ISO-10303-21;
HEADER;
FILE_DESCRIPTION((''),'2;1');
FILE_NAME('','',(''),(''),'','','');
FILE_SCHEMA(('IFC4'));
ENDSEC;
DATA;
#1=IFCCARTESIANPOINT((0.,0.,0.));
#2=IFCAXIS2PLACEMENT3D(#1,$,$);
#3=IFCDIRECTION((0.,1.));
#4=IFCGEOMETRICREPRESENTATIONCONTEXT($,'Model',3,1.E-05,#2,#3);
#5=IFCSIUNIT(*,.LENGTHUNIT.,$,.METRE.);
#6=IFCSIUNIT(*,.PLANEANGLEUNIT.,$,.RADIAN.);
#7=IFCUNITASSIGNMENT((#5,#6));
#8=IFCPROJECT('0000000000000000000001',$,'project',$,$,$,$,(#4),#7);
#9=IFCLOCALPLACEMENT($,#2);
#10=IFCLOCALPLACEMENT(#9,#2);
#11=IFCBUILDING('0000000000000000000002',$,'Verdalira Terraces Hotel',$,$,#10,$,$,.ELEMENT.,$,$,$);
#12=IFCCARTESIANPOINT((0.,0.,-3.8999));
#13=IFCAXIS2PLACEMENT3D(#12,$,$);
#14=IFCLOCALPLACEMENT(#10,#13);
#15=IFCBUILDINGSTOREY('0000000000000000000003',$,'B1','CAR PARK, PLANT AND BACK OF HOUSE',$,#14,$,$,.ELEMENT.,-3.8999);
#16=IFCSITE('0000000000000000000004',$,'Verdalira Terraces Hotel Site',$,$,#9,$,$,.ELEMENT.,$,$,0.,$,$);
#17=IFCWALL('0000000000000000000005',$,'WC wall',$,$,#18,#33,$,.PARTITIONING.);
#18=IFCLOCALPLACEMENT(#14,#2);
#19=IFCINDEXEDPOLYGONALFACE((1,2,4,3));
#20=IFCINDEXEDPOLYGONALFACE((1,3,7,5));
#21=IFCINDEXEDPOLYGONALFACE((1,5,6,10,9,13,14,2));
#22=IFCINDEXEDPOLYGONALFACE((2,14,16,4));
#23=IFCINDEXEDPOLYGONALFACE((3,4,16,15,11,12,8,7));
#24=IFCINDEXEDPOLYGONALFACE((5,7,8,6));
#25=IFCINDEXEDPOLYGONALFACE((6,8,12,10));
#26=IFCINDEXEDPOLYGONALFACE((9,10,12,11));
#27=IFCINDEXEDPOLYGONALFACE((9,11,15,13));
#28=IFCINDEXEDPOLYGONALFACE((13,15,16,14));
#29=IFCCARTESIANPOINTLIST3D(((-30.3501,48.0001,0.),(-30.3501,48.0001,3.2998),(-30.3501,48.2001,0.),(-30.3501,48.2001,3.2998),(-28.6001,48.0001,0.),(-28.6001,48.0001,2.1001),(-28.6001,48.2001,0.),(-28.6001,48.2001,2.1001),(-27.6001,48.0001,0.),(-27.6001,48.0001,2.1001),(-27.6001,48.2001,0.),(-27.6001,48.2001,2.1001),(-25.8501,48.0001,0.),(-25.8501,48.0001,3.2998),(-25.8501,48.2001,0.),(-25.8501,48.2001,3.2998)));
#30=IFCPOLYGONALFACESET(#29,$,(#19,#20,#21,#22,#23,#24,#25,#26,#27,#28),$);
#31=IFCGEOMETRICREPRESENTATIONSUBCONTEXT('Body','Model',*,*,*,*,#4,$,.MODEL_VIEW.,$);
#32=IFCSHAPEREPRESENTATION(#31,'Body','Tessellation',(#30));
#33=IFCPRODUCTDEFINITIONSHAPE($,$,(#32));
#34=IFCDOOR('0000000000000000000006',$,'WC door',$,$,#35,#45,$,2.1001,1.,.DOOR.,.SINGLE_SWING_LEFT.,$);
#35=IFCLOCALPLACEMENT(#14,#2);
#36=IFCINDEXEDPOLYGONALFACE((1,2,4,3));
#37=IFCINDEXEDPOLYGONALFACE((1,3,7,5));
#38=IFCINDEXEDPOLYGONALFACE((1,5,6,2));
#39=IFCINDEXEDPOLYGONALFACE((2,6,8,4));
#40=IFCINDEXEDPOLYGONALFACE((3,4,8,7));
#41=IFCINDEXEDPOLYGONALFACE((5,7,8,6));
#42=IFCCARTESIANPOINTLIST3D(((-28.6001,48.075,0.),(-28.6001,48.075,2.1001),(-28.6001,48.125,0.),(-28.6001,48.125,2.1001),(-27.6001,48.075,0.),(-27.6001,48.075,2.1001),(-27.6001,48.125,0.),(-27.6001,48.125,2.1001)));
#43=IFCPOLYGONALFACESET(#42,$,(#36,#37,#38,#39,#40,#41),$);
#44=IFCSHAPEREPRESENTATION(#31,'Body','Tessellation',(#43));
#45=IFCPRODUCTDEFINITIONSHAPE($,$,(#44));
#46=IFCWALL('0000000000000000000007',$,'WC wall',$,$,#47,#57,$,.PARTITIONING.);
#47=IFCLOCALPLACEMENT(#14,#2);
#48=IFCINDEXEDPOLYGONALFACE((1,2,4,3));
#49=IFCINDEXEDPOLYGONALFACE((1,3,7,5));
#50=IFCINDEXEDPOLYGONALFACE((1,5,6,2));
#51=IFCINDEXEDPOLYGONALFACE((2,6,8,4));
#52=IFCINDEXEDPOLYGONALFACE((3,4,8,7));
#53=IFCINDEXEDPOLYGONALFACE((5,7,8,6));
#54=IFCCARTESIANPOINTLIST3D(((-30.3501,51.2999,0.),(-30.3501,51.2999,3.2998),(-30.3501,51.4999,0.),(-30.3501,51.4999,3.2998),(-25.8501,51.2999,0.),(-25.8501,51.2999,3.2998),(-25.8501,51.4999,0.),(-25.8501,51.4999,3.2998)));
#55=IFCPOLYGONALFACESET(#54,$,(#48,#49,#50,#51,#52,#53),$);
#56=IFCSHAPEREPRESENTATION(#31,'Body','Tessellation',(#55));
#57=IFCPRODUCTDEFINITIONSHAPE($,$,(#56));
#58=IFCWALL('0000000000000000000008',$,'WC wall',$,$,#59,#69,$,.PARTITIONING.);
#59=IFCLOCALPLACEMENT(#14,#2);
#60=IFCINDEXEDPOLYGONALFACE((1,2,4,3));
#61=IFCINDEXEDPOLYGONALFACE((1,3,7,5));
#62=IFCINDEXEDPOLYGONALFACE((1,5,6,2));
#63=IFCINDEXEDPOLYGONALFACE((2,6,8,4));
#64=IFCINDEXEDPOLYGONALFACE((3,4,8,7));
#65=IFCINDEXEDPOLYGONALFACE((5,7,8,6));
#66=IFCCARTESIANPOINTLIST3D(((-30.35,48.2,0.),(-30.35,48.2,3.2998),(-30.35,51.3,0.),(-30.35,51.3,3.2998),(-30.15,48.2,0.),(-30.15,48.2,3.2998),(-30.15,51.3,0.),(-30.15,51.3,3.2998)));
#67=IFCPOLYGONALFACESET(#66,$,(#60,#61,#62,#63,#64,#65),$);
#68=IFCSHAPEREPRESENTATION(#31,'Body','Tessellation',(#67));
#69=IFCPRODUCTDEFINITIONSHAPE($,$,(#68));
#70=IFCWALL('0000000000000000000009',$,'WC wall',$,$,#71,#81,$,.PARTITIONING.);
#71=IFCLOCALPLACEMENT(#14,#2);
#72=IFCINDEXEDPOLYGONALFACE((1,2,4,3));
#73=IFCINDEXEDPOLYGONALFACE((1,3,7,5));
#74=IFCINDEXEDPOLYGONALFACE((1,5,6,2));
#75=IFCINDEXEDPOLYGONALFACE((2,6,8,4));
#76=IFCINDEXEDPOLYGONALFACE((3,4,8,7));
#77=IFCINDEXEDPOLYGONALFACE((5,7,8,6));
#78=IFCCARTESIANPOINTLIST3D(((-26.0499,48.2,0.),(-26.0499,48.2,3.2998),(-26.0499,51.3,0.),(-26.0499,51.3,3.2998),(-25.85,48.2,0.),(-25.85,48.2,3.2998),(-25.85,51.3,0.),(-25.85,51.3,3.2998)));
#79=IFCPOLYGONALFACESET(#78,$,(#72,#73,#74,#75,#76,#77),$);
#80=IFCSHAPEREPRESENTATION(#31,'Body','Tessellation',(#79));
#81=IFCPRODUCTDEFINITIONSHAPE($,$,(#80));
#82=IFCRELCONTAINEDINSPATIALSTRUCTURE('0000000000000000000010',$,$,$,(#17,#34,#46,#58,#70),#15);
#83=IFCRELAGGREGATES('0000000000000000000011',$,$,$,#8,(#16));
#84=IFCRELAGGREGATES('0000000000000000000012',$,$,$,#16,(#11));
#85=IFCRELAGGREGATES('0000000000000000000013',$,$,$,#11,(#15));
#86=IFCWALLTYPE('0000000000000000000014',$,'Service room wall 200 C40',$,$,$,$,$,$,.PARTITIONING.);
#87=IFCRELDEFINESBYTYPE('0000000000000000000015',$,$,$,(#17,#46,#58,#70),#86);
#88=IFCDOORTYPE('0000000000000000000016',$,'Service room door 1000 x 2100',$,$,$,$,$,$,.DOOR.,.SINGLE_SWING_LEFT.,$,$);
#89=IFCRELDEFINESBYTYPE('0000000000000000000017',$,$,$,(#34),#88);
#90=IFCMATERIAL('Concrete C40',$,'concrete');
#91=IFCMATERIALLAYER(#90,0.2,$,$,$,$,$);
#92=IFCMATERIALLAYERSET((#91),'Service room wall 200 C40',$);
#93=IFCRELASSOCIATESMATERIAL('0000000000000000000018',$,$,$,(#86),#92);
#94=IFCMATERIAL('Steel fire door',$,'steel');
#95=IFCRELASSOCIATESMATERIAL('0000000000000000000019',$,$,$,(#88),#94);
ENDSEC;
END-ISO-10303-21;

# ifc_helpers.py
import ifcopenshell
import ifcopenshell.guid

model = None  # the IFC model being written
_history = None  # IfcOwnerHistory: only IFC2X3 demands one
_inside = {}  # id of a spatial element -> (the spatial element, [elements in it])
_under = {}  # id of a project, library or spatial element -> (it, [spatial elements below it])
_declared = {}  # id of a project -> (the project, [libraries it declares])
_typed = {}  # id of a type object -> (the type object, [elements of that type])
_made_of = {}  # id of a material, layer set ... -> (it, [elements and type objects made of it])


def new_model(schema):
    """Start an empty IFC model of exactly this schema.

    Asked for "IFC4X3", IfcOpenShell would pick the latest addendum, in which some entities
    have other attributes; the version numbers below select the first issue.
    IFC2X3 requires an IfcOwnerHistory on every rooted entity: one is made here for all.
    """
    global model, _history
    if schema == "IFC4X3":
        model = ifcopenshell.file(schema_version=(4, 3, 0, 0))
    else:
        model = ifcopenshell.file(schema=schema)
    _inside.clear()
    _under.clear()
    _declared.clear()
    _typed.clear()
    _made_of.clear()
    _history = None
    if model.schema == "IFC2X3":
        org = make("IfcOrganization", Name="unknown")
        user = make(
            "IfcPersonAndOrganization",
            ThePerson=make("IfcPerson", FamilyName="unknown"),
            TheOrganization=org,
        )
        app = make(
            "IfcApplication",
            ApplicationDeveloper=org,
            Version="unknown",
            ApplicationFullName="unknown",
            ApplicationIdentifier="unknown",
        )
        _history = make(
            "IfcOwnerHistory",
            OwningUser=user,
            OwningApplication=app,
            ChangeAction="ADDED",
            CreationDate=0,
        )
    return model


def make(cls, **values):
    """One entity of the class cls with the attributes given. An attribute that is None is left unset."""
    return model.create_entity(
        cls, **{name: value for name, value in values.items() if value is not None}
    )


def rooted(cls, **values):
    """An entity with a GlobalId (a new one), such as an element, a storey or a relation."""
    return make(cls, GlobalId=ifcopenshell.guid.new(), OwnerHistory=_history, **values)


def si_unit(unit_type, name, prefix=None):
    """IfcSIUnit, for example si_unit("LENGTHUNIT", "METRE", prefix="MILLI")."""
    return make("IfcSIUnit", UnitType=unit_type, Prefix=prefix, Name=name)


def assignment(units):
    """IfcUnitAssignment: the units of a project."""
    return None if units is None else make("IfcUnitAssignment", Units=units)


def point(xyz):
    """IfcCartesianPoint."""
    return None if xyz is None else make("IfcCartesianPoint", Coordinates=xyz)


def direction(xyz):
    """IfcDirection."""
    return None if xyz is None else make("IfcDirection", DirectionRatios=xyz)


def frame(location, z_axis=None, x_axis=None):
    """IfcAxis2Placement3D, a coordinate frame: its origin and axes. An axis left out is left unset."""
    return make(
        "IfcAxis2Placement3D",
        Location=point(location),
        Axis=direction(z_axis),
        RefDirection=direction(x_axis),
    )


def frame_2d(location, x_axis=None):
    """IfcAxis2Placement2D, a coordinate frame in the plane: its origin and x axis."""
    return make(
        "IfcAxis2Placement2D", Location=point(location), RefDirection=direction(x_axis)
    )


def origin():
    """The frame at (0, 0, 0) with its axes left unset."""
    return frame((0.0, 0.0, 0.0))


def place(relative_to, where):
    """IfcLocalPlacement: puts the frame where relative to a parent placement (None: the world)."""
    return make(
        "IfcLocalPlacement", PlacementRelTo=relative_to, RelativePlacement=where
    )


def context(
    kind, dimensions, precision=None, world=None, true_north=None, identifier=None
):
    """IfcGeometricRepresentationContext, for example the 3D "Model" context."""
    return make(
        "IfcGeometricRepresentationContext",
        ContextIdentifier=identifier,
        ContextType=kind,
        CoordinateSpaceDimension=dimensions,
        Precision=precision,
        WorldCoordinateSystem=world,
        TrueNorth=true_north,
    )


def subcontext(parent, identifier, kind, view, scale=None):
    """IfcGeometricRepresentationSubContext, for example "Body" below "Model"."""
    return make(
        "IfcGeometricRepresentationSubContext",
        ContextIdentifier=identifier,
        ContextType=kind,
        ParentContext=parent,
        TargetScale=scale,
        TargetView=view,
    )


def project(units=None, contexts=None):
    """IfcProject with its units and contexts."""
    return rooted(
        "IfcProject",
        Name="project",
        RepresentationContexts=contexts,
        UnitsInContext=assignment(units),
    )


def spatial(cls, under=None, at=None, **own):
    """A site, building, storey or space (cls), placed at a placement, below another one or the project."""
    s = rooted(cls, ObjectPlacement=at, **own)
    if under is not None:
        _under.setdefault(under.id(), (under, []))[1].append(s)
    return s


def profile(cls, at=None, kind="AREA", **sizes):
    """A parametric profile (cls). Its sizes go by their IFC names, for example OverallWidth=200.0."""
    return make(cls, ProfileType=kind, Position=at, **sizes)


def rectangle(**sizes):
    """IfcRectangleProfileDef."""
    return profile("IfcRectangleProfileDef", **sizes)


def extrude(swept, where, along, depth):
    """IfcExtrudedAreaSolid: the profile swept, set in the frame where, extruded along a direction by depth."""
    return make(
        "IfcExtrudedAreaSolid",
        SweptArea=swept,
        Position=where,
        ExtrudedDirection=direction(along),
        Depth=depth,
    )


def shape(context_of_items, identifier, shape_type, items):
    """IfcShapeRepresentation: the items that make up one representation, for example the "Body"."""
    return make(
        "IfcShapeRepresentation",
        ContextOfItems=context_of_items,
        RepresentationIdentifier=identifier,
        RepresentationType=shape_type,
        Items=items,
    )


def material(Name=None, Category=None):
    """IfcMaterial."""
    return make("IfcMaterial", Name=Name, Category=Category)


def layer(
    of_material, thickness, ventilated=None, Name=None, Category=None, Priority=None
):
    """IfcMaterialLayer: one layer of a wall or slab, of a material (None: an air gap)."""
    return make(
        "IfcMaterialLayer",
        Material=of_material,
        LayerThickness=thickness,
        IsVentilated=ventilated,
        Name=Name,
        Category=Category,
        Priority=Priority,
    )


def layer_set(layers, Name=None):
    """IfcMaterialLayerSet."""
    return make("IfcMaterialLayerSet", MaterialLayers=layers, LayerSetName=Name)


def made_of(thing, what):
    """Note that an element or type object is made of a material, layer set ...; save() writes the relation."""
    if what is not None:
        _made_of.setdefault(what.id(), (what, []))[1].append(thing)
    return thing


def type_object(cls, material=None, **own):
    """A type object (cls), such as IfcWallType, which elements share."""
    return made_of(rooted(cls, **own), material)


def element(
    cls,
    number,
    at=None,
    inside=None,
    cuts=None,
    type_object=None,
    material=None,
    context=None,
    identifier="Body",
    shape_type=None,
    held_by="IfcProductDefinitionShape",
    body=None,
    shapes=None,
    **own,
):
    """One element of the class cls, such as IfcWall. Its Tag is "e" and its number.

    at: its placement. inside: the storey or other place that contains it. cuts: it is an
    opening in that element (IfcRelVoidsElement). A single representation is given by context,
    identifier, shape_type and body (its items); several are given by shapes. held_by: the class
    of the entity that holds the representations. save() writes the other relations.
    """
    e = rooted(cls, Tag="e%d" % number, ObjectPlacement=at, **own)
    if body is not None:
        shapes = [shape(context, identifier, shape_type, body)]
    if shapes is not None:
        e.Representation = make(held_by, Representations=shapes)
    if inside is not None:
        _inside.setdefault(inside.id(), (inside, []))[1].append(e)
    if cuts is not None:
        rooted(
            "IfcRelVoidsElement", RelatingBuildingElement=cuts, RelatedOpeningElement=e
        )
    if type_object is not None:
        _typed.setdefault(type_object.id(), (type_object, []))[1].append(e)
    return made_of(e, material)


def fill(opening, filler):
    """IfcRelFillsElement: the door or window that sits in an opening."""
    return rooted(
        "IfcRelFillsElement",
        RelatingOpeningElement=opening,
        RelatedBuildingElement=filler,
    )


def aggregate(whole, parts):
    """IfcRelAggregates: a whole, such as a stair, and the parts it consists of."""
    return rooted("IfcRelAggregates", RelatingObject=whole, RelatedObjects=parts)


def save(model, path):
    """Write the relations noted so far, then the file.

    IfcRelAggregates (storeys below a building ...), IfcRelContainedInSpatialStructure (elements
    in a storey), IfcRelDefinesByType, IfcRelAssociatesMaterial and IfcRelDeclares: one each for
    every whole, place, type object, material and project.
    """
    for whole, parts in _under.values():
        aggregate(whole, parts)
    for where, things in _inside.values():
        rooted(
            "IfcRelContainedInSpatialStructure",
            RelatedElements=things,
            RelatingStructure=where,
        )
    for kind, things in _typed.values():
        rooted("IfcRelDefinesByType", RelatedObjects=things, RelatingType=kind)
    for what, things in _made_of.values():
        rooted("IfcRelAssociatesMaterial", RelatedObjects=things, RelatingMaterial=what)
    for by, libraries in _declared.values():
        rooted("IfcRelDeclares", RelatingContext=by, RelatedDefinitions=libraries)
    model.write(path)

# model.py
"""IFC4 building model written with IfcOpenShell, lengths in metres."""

from ifc_helpers import new_model, si_unit, direction, frame, frame_2d, origin, place, context, subcontext, project, spatial, rectangle, extrude, material, layer, layer_set, type_object, element, fill, save


model = new_model("IFC4")

# Units and contexts
model_context = context("Model", 3, precision=1e-05, world=origin(), true_north=direction((0.0, 1.0)))
body_context = subcontext(model_context, "Body", "Model", "MODEL_VIEW")
ifc_project = project(units=[si_unit("LENGTHUNIT", "METRE"), si_unit("PLANEANGLEUNIT", "RADIAN")], contexts=[model_context])

# Site, building, storey
site_placement = place(None, origin())
site = spatial("IfcSite", under=ifc_project, at=site_placement, Name="Verdalira Terraces Hotel Site", CompositionType="ELEMENT", RefElevation=0.0)
building_placement = place(site_placement, origin())
building = spatial("IfcBuilding", under=site, at=building_placement, Name="Verdalira Terraces Hotel", CompositionType="ELEMENT")
storey_placement = place(building_placement, frame((0.0, 0.0, -3.8999)))
storey = spatial("IfcBuildingStorey", under=building, at=storey_placement, Name="B1", Description="CAR PARK, PLANT AND BACK OF HOUSE", CompositionType="ELEMENT", Elevation=-3.8999)

# Wall, opening, door
ifc_material_1 = material(Name="Concrete C40", Category="concrete")
ifc_layer = layer(ifc_material_1, 0.2)
ifc_layer_set = layer_set([ifc_layer], Name="Service room wall 200 C40")
wall_type = type_object("IfcWallType", Name="Service room wall 200 C40", PredefinedType="PARTITIONING", material=ifc_layer_set)
wall_1_placement = place(storey_placement, frame((-30.3501, 48.1001, 0.0), z_axis=(0.0, 0.0, 1.0), x_axis=(1.0, 0.0, 0.0)))
wall_1 = element("IfcWall", 1, at=wall_1_placement, inside=storey, type_object=wall_type, Name="WC wall", PredefinedType="PARTITIONING", context=body_context, shape_type="SweptSolid", body=[
    extrude(rectangle(XDim=4.5, YDim=0.2, at=frame_2d((2.25, 0.0))), origin(), (0.0, 0.0, 1.0), 3.2998),
])
opening_placement = place(wall_1_placement, frame((1.75, 0.0, 0.0)))
opening = element("IfcOpeningElement", 2, at=opening_placement, cuts=wall_1, PredefinedType="OPENING", context=body_context, shape_type="SweptSolid", body=[
    extrude(rectangle(XDim=1.0, YDim=2.1001, at=frame_2d((0.5, 1.05))), frame((0.0, 0.1099, 0.0), z_axis=(0.0, -1.0, 0.0), x_axis=(1.0, 0.0, 0.0)), (0.0, 0.0, 1.0), 0.22),
])
ifc_material_2 = material(Name="Steel fire door", Category="steel")
door_type = type_object("IfcDoorType", Name="Service room door 1000 x 2100", OperationType="SINGLE_SWING_LEFT", PredefinedType="DOOR", material=ifc_material_2)
door_placement = place(opening_placement, origin())
door = element("IfcDoor", 3, at=door_placement, inside=storey, type_object=door_type, Name="WC door", OperationType="SINGLE_SWING_LEFT", OverallHeight=2.1001, OverallWidth=1.0, PredefinedType="DOOR", context=body_context, shape_type="SweptSolid", body=[
    extrude(rectangle(XDim=1.0, YDim=2.1001, at=frame_2d((0.5, 1.05))), frame((0.0, 0.0249, 0.0), z_axis=(0.0, -1.0, 0.0), x_axis=(1.0, 0.0, 0.0)), (0.0, 0.0, 1.0), 0.05),
])
fill(opening, door)

# Walls
wall_2_placement = place(storey_placement, frame((-30.3501, 51.3999, 0.0), z_axis=(0.0, 0.0, 1.0), x_axis=(1.0, 0.0, 0.0)))
element("IfcWall", 4, at=wall_2_placement, inside=storey, type_object=wall_type, Name="WC wall", PredefinedType="PARTITIONING", context=body_context, shape_type="SweptSolid", body=[
    extrude(rectangle(XDim=4.5, YDim=0.2, at=frame_2d((2.25, 0.0))), origin(), (0.0, 0.0, 1.0), 3.2998),
])
for number, where, z_axis, x_axis, name in (
    (5, (-30.25, 48.2, 0.0), (0.0, 0.0, 1.0), (0.0, 1.0, 0.0), "WC wall"),
    (6, (-25.95, 48.2, 0.0), (0.0, 0.0, 1.0), (0.0, 1.0, 0.0), "WC wall"),
):
    element("IfcWall", number, at=place(storey_placement, frame(where, z_axis=z_axis, x_axis=x_axis)), inside=storey, type_object=wall_type, Name=name, PredefinedType="PARTITIONING", context=body_context, shape_type="SweptSolid", body=[
        extrude(rectangle(XDim=3.1001, YDim=0.2, at=frame_2d((1.55, 0.0))), origin(), (0.0, 0.0, 1.0), 3.2998),
    ])

save(model, "model.ifc")
